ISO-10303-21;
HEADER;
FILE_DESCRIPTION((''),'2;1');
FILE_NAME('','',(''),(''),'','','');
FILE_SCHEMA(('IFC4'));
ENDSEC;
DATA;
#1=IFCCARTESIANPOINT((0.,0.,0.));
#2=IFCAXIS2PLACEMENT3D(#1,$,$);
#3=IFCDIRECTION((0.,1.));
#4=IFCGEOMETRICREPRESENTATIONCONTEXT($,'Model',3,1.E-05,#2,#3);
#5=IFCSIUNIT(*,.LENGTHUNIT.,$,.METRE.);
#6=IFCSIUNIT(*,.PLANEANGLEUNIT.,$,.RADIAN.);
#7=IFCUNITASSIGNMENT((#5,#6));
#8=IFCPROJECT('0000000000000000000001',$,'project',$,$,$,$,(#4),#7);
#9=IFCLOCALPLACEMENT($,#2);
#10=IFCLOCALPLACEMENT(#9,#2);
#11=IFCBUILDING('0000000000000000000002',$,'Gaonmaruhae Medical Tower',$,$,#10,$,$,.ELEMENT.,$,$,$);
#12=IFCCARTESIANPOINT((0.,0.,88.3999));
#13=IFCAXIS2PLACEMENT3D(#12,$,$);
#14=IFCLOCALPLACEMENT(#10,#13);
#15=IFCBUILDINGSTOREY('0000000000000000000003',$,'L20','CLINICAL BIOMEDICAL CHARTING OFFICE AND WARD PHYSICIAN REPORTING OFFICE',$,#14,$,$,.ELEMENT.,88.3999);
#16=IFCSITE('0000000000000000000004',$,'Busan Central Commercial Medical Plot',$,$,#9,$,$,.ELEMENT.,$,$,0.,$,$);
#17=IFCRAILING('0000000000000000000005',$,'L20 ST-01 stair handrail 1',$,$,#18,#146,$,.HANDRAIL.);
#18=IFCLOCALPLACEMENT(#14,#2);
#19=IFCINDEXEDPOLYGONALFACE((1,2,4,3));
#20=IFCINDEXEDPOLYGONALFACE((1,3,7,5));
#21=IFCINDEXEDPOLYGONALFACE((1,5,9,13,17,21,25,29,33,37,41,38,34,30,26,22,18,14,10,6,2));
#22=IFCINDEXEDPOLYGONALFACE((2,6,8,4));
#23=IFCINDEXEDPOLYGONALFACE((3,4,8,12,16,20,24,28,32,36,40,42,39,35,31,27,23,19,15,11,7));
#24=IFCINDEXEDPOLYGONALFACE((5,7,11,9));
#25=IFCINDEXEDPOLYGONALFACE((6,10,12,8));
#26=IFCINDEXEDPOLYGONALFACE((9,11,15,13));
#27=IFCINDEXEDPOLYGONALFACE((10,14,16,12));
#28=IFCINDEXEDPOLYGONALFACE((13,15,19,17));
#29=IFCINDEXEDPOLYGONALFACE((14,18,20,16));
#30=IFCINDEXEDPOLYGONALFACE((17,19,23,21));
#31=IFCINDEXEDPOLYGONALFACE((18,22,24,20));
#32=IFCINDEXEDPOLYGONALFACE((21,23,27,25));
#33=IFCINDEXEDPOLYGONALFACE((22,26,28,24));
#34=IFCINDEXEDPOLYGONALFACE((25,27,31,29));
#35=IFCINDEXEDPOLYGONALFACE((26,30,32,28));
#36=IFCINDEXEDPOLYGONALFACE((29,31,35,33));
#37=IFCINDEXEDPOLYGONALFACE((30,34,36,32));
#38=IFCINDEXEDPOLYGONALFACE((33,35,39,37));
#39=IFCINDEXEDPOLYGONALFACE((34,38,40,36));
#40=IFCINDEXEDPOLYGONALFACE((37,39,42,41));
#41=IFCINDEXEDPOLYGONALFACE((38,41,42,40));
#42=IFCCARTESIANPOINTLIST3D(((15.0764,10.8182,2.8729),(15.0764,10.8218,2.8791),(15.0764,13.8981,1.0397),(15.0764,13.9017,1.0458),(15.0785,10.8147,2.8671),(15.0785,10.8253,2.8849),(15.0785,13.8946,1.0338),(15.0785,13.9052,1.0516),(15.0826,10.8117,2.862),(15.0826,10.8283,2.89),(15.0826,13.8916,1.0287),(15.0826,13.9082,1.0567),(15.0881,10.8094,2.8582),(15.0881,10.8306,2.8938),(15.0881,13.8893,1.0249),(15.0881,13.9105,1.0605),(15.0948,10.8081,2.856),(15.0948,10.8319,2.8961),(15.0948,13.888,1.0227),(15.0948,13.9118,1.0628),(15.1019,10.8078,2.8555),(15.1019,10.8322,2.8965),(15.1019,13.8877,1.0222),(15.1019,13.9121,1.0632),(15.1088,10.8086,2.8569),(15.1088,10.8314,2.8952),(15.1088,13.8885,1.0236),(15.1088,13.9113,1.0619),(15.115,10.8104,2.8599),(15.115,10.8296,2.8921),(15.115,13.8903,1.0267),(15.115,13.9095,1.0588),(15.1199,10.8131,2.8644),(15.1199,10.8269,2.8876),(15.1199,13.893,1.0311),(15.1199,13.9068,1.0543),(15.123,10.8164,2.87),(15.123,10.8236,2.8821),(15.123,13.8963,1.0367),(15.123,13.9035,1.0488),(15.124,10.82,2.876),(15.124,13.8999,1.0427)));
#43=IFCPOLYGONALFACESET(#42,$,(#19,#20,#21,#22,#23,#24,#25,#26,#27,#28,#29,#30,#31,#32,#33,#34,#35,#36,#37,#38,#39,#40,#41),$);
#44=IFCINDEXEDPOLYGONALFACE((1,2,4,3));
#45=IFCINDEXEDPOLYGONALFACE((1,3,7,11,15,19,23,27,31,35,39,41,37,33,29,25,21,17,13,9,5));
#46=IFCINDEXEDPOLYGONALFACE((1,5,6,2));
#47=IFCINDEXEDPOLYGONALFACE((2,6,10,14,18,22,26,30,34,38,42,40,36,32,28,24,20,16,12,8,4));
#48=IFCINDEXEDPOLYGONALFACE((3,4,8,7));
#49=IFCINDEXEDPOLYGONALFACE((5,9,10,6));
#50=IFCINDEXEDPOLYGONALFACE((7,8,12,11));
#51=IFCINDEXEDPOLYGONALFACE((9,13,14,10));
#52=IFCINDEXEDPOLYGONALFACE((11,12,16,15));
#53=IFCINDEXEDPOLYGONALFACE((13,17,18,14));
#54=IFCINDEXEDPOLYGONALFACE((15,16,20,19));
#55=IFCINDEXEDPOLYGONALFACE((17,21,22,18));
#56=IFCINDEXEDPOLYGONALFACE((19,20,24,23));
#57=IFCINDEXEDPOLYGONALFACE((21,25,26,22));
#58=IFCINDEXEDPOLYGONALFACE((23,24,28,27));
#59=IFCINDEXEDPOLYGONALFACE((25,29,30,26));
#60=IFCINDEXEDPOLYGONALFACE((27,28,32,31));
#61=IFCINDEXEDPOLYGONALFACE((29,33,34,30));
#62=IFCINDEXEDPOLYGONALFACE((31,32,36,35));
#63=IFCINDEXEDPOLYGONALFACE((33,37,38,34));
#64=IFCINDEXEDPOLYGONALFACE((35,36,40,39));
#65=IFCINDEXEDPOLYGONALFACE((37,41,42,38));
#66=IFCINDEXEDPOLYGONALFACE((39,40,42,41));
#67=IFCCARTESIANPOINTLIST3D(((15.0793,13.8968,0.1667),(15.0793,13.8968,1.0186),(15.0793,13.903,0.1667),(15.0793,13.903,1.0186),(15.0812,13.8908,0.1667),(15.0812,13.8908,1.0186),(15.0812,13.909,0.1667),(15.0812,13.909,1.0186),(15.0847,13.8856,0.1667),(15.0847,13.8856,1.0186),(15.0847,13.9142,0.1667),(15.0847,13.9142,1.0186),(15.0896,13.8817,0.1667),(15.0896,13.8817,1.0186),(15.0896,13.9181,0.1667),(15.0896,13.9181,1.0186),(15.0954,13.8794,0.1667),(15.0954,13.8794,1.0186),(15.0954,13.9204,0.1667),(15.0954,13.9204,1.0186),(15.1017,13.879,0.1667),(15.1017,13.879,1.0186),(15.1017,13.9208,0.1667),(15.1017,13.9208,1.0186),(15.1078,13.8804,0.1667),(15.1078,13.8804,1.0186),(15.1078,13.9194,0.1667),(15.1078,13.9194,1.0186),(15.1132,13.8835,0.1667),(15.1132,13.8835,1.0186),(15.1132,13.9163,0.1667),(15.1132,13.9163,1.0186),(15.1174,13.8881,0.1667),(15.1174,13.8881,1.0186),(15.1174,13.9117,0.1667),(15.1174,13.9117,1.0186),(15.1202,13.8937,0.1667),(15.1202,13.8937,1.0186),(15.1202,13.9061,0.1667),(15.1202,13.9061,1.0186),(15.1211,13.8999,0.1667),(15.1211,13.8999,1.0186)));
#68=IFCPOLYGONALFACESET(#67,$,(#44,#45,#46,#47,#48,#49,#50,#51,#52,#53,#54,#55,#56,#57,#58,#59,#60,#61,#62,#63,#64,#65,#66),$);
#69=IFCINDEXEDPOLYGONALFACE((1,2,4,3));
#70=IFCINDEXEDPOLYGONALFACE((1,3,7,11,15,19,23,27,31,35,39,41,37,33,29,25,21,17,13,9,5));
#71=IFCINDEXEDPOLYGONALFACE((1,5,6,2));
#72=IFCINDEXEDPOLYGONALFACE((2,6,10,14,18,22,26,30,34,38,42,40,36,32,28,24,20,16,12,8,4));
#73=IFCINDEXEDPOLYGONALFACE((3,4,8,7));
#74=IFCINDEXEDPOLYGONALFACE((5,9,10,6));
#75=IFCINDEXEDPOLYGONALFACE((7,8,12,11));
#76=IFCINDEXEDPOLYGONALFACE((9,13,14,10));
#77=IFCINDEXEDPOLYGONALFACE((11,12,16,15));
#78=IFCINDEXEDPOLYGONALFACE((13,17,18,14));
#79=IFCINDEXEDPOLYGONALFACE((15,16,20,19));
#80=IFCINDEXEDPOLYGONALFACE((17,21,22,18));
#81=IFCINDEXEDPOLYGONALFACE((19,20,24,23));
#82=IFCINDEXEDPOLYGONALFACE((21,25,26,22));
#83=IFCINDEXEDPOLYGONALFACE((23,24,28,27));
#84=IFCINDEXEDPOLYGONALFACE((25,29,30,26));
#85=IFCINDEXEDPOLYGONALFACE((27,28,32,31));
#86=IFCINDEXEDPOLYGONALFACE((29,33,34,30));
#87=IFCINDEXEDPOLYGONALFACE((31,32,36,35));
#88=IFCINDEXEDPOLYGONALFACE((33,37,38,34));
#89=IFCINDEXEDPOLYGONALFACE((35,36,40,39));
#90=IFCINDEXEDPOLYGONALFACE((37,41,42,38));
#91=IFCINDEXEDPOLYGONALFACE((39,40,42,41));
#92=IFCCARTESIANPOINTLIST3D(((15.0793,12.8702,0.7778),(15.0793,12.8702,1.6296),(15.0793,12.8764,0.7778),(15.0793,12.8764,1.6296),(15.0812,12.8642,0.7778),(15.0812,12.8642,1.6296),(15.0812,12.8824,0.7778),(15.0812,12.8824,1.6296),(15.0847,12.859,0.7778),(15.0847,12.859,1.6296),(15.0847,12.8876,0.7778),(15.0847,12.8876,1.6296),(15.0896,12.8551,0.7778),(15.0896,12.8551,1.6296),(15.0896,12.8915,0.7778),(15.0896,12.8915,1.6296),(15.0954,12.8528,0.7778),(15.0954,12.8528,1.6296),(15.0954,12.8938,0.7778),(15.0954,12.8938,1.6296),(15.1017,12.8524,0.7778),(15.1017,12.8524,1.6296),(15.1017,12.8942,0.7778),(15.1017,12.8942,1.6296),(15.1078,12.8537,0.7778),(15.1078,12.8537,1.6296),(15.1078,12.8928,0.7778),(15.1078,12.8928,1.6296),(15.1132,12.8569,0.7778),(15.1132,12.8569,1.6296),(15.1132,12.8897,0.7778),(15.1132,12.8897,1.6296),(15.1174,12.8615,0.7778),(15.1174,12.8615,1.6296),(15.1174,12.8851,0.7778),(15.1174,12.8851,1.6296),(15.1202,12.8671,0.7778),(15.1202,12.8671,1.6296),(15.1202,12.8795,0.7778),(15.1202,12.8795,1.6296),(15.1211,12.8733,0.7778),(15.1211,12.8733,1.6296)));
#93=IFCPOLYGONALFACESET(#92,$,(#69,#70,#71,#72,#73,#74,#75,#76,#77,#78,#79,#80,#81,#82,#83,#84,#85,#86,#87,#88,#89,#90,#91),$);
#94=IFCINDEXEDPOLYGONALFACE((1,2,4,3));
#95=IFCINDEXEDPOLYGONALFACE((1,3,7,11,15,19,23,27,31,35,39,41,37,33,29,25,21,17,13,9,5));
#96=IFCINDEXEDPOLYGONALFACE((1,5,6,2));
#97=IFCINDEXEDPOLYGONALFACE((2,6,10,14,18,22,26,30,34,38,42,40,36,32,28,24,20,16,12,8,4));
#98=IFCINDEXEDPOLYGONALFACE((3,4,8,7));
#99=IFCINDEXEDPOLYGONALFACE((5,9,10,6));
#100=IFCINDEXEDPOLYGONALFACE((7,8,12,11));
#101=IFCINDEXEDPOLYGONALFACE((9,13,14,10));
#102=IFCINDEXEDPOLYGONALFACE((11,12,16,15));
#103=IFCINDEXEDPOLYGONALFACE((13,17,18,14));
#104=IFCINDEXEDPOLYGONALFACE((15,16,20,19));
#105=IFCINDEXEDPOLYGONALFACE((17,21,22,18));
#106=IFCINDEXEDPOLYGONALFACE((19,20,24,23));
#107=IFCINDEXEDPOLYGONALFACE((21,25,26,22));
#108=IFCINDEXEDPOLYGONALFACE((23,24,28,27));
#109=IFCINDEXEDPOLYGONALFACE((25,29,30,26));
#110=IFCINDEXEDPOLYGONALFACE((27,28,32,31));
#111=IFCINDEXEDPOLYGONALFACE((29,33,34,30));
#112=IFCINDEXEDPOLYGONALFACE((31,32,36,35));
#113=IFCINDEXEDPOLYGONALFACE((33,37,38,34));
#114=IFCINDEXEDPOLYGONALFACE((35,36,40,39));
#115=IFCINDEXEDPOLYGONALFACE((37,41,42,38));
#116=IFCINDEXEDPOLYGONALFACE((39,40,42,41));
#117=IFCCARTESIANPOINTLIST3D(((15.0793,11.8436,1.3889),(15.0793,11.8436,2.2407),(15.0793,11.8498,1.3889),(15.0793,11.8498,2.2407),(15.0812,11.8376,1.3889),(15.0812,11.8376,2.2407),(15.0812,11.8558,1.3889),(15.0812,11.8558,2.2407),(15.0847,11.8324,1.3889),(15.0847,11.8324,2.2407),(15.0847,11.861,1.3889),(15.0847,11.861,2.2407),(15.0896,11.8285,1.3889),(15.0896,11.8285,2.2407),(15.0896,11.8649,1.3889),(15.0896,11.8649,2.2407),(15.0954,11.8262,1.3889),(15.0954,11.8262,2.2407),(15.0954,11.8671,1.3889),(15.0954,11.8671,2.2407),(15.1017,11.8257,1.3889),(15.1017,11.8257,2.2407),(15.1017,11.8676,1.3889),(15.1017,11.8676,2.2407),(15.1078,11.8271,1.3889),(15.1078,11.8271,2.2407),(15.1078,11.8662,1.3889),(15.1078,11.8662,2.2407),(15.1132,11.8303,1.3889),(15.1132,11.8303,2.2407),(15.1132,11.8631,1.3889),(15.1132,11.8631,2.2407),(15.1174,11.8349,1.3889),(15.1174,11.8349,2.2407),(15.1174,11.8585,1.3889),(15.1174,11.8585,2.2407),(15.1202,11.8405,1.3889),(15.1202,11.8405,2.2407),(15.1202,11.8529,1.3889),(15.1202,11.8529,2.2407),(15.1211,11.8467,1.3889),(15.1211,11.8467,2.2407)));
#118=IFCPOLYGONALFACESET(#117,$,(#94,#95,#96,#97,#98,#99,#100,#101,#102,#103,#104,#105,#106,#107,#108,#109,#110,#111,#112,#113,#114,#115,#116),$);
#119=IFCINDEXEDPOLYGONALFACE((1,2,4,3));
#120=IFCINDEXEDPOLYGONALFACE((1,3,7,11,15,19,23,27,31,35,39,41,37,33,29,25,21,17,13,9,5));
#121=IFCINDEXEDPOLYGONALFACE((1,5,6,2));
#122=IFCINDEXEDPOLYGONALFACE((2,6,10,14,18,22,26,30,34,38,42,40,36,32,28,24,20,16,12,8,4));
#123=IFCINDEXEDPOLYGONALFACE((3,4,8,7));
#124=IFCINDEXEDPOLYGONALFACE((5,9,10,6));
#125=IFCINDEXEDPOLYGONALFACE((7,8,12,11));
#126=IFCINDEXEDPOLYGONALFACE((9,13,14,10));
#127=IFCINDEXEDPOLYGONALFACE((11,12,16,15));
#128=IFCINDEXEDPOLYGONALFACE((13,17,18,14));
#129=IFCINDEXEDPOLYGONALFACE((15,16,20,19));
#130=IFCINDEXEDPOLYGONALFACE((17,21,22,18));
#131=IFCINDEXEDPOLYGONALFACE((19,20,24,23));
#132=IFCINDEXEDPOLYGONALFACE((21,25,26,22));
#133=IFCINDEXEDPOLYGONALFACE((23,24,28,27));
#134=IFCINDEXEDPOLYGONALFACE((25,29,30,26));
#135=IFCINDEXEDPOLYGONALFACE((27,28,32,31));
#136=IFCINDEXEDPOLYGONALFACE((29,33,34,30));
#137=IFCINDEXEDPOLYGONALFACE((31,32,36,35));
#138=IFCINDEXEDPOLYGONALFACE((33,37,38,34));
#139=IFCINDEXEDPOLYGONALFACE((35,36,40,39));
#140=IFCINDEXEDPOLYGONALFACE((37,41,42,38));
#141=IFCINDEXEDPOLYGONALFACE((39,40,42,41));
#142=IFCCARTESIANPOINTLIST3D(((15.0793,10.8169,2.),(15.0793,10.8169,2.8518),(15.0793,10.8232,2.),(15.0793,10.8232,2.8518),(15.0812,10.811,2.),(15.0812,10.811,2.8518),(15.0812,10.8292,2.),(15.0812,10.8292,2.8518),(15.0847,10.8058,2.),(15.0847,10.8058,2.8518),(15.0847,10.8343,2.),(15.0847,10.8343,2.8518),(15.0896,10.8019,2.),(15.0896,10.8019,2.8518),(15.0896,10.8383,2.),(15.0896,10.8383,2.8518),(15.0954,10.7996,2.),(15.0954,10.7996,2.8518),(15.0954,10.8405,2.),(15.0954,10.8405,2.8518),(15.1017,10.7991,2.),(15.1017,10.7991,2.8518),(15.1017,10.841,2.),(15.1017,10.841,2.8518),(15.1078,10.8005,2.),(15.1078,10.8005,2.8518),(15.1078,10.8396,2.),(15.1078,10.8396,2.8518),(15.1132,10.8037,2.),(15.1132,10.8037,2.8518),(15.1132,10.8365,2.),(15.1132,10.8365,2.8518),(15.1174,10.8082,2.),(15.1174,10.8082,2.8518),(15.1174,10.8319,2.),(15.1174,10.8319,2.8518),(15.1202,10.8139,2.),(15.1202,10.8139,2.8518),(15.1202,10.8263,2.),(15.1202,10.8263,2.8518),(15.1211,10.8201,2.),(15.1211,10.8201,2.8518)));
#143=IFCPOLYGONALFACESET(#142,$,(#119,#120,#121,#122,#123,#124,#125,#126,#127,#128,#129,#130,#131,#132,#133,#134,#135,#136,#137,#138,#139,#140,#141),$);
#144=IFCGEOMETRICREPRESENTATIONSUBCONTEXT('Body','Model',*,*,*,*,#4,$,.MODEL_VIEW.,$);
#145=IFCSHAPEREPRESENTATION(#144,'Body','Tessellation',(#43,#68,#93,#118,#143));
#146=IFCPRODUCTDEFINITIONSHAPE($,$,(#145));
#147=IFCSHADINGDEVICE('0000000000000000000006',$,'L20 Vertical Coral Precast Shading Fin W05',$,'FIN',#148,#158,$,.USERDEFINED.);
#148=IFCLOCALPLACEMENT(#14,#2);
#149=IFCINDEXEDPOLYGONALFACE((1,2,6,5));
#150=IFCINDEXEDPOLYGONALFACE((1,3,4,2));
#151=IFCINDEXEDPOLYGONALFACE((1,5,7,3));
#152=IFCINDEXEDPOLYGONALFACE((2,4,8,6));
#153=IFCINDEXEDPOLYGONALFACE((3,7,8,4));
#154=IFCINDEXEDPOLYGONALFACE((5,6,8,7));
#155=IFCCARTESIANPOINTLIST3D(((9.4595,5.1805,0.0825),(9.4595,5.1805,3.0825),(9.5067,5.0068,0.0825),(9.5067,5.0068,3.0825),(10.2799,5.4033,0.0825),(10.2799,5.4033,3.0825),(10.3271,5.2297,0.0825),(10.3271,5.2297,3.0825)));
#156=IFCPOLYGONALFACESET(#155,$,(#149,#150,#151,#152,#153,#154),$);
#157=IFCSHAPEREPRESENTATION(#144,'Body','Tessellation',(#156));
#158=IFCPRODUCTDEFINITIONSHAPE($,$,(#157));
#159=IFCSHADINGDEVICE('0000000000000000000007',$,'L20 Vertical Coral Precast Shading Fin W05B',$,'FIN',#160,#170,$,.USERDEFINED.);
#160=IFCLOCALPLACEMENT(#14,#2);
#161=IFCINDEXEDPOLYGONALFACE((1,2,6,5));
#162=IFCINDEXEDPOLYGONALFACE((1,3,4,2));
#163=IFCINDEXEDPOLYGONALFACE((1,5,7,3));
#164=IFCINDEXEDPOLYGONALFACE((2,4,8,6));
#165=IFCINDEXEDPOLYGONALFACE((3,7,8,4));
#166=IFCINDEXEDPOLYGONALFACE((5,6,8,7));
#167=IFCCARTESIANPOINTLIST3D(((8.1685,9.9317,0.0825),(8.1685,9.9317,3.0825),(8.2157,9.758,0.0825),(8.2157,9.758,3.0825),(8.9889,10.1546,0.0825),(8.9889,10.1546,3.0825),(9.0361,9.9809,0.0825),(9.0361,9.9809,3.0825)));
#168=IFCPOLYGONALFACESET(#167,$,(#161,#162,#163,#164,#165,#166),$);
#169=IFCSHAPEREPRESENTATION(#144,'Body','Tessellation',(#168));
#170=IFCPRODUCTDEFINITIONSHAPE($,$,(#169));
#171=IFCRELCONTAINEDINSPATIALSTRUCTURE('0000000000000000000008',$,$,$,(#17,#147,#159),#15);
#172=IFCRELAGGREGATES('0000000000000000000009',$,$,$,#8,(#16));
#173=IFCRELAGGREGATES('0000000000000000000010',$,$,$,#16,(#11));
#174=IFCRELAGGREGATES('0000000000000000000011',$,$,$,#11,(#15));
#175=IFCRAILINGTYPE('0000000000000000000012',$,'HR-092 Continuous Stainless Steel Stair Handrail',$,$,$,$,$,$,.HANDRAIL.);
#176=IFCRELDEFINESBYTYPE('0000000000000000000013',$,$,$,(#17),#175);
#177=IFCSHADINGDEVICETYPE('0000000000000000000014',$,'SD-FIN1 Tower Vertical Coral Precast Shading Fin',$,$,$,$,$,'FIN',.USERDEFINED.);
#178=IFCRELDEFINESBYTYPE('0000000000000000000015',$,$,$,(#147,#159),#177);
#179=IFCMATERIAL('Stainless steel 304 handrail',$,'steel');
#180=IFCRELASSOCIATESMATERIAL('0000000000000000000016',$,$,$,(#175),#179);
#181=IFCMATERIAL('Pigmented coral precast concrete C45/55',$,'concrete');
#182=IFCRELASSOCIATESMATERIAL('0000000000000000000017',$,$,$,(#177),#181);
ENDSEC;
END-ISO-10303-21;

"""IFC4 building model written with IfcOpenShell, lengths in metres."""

from ifc_helpers import new_model, si_unit, direction, frame, origin, origin_2d, place, context, subcontext, project, spatial, rectangle, circle, extrude, material, type_object, element, save


model = new_model("IFC4")

# Units and contexts
model_context = context("Model", 3, precision=1e-05, world=origin(), true_north=direction((0.0, 1.0)))
body_context = subcontext(model_context, "Body", "Model", "MODEL_VIEW")
ifc_project = project(units=[si_unit("LENGTHUNIT", "METRE"), si_unit("PLANEANGLEUNIT", "RADIAN")], contexts=[model_context])

# Site, building, storey
site_placement = place(None, origin())
site = spatial("IfcSite", under=ifc_project, at=site_placement, Name="Busan Central Commercial Medical Plot", CompositionType="ELEMENT", RefElevation=0.0)
building_placement = place(site_placement, origin())
building = spatial("IfcBuilding", under=site, at=building_placement, Name="Gaonmaruhae Medical Tower", CompositionType="ELEMENT")
storey_placement = place(building_placement, frame((0.0, 0.0, 88.3999)))
storey = spatial("IfcBuildingStorey", under=building, at=storey_placement, Name="L20", Description="CLINICAL BIOMEDICAL CHARTING OFFICE AND WARD PHYSICIAN REPORTING OFFICE", CompositionType="ELEMENT", Elevation=88.3999)

# Railing
ifc_material_1 = material(Name="Stainless steel 304 handrail", Category="steel")
railing_type = type_object("IfcRailingType", Name="HR-092 Continuous Stainless Steel Stair Handrail", PredefinedType="HANDRAIL", material=ifc_material_1)
railing_placement = place(storey_placement, frame((15.1001, 13.8999, 0.1667)))
element("IfcRailing", 1, at=railing_placement, inside=storey, type_object=railing_type, Name="L20 ST-01 stair handrail 1", PredefinedType="HANDRAIL", context=body_context, shape_type="SweptSolid", body=[
    extrude(circle(Radius=0.0239, at=origin_2d()), frame((0.0, 0.0, 0.876), z_axis=(0.0, -0.859291, 0.511487), x_axis=(1.0, 0.0, 0.0)), (0.0, 0.0, 1.0), 3.5842),
    extrude(circle(Radius=0.021, at=origin_2d()), origin(), (0.0, 0.0, 1.0), 0.8518),
    extrude(circle(Radius=0.021, at=origin_2d()), frame((0.0, -1.0266, 0.6111)), (0.0, 0.0, 1.0), 0.8518),
    extrude(circle(Radius=0.021, at=origin_2d()), frame((0.0, -2.0532, 1.2222)), (0.0, 0.0, 1.0), 0.8518),
    extrude(circle(Radius=0.021, at=origin_2d()), frame((0.0, -3.0798, 1.8333)), (0.0, 0.0, 1.0), 0.8518),
])

# Shading devices
ifc_material_2 = material(Name="Pigmented coral precast concrete C45/55", Category="concrete")
shading_device_type = type_object("IfcShadingDeviceType", Name="SD-FIN1 Tower Vertical Coral Precast Shading Fin", ElementType="FIN", PredefinedType="USERDEFINED", material=ifc_material_2)
for number, where, z_axis, x_axis, name in (
    (2, (9.8933, 5.2051, 0.0825), (0.0, 0.0, 1.0), (-0.262189, 0.965016, 0.0), "L20 Vertical Coral Precast Shading Fin W05"),
    (3, (8.6023, 9.9563, 0.0825), (0.0, 0.0, 1.0), (-0.262189, 0.965016, 0.0), "L20 Vertical Coral Precast Shading Fin W05B"),
):
    element("IfcShadingDevice", number, at=place(storey_placement, frame(where, z_axis=z_axis, x_axis=x_axis)), inside=storey, type_object=shading_device_type, Name=name, ObjectType="FIN", PredefinedType="USERDEFINED", context=body_context, shape_type="SweptSolid", body=[
        extrude(rectangle(XDim=0.1799, YDim=0.8501, at=origin_2d()), origin(), (0.0, 0.0, 1.0), 3.0),
    ])

save(model, "model.ifc")
